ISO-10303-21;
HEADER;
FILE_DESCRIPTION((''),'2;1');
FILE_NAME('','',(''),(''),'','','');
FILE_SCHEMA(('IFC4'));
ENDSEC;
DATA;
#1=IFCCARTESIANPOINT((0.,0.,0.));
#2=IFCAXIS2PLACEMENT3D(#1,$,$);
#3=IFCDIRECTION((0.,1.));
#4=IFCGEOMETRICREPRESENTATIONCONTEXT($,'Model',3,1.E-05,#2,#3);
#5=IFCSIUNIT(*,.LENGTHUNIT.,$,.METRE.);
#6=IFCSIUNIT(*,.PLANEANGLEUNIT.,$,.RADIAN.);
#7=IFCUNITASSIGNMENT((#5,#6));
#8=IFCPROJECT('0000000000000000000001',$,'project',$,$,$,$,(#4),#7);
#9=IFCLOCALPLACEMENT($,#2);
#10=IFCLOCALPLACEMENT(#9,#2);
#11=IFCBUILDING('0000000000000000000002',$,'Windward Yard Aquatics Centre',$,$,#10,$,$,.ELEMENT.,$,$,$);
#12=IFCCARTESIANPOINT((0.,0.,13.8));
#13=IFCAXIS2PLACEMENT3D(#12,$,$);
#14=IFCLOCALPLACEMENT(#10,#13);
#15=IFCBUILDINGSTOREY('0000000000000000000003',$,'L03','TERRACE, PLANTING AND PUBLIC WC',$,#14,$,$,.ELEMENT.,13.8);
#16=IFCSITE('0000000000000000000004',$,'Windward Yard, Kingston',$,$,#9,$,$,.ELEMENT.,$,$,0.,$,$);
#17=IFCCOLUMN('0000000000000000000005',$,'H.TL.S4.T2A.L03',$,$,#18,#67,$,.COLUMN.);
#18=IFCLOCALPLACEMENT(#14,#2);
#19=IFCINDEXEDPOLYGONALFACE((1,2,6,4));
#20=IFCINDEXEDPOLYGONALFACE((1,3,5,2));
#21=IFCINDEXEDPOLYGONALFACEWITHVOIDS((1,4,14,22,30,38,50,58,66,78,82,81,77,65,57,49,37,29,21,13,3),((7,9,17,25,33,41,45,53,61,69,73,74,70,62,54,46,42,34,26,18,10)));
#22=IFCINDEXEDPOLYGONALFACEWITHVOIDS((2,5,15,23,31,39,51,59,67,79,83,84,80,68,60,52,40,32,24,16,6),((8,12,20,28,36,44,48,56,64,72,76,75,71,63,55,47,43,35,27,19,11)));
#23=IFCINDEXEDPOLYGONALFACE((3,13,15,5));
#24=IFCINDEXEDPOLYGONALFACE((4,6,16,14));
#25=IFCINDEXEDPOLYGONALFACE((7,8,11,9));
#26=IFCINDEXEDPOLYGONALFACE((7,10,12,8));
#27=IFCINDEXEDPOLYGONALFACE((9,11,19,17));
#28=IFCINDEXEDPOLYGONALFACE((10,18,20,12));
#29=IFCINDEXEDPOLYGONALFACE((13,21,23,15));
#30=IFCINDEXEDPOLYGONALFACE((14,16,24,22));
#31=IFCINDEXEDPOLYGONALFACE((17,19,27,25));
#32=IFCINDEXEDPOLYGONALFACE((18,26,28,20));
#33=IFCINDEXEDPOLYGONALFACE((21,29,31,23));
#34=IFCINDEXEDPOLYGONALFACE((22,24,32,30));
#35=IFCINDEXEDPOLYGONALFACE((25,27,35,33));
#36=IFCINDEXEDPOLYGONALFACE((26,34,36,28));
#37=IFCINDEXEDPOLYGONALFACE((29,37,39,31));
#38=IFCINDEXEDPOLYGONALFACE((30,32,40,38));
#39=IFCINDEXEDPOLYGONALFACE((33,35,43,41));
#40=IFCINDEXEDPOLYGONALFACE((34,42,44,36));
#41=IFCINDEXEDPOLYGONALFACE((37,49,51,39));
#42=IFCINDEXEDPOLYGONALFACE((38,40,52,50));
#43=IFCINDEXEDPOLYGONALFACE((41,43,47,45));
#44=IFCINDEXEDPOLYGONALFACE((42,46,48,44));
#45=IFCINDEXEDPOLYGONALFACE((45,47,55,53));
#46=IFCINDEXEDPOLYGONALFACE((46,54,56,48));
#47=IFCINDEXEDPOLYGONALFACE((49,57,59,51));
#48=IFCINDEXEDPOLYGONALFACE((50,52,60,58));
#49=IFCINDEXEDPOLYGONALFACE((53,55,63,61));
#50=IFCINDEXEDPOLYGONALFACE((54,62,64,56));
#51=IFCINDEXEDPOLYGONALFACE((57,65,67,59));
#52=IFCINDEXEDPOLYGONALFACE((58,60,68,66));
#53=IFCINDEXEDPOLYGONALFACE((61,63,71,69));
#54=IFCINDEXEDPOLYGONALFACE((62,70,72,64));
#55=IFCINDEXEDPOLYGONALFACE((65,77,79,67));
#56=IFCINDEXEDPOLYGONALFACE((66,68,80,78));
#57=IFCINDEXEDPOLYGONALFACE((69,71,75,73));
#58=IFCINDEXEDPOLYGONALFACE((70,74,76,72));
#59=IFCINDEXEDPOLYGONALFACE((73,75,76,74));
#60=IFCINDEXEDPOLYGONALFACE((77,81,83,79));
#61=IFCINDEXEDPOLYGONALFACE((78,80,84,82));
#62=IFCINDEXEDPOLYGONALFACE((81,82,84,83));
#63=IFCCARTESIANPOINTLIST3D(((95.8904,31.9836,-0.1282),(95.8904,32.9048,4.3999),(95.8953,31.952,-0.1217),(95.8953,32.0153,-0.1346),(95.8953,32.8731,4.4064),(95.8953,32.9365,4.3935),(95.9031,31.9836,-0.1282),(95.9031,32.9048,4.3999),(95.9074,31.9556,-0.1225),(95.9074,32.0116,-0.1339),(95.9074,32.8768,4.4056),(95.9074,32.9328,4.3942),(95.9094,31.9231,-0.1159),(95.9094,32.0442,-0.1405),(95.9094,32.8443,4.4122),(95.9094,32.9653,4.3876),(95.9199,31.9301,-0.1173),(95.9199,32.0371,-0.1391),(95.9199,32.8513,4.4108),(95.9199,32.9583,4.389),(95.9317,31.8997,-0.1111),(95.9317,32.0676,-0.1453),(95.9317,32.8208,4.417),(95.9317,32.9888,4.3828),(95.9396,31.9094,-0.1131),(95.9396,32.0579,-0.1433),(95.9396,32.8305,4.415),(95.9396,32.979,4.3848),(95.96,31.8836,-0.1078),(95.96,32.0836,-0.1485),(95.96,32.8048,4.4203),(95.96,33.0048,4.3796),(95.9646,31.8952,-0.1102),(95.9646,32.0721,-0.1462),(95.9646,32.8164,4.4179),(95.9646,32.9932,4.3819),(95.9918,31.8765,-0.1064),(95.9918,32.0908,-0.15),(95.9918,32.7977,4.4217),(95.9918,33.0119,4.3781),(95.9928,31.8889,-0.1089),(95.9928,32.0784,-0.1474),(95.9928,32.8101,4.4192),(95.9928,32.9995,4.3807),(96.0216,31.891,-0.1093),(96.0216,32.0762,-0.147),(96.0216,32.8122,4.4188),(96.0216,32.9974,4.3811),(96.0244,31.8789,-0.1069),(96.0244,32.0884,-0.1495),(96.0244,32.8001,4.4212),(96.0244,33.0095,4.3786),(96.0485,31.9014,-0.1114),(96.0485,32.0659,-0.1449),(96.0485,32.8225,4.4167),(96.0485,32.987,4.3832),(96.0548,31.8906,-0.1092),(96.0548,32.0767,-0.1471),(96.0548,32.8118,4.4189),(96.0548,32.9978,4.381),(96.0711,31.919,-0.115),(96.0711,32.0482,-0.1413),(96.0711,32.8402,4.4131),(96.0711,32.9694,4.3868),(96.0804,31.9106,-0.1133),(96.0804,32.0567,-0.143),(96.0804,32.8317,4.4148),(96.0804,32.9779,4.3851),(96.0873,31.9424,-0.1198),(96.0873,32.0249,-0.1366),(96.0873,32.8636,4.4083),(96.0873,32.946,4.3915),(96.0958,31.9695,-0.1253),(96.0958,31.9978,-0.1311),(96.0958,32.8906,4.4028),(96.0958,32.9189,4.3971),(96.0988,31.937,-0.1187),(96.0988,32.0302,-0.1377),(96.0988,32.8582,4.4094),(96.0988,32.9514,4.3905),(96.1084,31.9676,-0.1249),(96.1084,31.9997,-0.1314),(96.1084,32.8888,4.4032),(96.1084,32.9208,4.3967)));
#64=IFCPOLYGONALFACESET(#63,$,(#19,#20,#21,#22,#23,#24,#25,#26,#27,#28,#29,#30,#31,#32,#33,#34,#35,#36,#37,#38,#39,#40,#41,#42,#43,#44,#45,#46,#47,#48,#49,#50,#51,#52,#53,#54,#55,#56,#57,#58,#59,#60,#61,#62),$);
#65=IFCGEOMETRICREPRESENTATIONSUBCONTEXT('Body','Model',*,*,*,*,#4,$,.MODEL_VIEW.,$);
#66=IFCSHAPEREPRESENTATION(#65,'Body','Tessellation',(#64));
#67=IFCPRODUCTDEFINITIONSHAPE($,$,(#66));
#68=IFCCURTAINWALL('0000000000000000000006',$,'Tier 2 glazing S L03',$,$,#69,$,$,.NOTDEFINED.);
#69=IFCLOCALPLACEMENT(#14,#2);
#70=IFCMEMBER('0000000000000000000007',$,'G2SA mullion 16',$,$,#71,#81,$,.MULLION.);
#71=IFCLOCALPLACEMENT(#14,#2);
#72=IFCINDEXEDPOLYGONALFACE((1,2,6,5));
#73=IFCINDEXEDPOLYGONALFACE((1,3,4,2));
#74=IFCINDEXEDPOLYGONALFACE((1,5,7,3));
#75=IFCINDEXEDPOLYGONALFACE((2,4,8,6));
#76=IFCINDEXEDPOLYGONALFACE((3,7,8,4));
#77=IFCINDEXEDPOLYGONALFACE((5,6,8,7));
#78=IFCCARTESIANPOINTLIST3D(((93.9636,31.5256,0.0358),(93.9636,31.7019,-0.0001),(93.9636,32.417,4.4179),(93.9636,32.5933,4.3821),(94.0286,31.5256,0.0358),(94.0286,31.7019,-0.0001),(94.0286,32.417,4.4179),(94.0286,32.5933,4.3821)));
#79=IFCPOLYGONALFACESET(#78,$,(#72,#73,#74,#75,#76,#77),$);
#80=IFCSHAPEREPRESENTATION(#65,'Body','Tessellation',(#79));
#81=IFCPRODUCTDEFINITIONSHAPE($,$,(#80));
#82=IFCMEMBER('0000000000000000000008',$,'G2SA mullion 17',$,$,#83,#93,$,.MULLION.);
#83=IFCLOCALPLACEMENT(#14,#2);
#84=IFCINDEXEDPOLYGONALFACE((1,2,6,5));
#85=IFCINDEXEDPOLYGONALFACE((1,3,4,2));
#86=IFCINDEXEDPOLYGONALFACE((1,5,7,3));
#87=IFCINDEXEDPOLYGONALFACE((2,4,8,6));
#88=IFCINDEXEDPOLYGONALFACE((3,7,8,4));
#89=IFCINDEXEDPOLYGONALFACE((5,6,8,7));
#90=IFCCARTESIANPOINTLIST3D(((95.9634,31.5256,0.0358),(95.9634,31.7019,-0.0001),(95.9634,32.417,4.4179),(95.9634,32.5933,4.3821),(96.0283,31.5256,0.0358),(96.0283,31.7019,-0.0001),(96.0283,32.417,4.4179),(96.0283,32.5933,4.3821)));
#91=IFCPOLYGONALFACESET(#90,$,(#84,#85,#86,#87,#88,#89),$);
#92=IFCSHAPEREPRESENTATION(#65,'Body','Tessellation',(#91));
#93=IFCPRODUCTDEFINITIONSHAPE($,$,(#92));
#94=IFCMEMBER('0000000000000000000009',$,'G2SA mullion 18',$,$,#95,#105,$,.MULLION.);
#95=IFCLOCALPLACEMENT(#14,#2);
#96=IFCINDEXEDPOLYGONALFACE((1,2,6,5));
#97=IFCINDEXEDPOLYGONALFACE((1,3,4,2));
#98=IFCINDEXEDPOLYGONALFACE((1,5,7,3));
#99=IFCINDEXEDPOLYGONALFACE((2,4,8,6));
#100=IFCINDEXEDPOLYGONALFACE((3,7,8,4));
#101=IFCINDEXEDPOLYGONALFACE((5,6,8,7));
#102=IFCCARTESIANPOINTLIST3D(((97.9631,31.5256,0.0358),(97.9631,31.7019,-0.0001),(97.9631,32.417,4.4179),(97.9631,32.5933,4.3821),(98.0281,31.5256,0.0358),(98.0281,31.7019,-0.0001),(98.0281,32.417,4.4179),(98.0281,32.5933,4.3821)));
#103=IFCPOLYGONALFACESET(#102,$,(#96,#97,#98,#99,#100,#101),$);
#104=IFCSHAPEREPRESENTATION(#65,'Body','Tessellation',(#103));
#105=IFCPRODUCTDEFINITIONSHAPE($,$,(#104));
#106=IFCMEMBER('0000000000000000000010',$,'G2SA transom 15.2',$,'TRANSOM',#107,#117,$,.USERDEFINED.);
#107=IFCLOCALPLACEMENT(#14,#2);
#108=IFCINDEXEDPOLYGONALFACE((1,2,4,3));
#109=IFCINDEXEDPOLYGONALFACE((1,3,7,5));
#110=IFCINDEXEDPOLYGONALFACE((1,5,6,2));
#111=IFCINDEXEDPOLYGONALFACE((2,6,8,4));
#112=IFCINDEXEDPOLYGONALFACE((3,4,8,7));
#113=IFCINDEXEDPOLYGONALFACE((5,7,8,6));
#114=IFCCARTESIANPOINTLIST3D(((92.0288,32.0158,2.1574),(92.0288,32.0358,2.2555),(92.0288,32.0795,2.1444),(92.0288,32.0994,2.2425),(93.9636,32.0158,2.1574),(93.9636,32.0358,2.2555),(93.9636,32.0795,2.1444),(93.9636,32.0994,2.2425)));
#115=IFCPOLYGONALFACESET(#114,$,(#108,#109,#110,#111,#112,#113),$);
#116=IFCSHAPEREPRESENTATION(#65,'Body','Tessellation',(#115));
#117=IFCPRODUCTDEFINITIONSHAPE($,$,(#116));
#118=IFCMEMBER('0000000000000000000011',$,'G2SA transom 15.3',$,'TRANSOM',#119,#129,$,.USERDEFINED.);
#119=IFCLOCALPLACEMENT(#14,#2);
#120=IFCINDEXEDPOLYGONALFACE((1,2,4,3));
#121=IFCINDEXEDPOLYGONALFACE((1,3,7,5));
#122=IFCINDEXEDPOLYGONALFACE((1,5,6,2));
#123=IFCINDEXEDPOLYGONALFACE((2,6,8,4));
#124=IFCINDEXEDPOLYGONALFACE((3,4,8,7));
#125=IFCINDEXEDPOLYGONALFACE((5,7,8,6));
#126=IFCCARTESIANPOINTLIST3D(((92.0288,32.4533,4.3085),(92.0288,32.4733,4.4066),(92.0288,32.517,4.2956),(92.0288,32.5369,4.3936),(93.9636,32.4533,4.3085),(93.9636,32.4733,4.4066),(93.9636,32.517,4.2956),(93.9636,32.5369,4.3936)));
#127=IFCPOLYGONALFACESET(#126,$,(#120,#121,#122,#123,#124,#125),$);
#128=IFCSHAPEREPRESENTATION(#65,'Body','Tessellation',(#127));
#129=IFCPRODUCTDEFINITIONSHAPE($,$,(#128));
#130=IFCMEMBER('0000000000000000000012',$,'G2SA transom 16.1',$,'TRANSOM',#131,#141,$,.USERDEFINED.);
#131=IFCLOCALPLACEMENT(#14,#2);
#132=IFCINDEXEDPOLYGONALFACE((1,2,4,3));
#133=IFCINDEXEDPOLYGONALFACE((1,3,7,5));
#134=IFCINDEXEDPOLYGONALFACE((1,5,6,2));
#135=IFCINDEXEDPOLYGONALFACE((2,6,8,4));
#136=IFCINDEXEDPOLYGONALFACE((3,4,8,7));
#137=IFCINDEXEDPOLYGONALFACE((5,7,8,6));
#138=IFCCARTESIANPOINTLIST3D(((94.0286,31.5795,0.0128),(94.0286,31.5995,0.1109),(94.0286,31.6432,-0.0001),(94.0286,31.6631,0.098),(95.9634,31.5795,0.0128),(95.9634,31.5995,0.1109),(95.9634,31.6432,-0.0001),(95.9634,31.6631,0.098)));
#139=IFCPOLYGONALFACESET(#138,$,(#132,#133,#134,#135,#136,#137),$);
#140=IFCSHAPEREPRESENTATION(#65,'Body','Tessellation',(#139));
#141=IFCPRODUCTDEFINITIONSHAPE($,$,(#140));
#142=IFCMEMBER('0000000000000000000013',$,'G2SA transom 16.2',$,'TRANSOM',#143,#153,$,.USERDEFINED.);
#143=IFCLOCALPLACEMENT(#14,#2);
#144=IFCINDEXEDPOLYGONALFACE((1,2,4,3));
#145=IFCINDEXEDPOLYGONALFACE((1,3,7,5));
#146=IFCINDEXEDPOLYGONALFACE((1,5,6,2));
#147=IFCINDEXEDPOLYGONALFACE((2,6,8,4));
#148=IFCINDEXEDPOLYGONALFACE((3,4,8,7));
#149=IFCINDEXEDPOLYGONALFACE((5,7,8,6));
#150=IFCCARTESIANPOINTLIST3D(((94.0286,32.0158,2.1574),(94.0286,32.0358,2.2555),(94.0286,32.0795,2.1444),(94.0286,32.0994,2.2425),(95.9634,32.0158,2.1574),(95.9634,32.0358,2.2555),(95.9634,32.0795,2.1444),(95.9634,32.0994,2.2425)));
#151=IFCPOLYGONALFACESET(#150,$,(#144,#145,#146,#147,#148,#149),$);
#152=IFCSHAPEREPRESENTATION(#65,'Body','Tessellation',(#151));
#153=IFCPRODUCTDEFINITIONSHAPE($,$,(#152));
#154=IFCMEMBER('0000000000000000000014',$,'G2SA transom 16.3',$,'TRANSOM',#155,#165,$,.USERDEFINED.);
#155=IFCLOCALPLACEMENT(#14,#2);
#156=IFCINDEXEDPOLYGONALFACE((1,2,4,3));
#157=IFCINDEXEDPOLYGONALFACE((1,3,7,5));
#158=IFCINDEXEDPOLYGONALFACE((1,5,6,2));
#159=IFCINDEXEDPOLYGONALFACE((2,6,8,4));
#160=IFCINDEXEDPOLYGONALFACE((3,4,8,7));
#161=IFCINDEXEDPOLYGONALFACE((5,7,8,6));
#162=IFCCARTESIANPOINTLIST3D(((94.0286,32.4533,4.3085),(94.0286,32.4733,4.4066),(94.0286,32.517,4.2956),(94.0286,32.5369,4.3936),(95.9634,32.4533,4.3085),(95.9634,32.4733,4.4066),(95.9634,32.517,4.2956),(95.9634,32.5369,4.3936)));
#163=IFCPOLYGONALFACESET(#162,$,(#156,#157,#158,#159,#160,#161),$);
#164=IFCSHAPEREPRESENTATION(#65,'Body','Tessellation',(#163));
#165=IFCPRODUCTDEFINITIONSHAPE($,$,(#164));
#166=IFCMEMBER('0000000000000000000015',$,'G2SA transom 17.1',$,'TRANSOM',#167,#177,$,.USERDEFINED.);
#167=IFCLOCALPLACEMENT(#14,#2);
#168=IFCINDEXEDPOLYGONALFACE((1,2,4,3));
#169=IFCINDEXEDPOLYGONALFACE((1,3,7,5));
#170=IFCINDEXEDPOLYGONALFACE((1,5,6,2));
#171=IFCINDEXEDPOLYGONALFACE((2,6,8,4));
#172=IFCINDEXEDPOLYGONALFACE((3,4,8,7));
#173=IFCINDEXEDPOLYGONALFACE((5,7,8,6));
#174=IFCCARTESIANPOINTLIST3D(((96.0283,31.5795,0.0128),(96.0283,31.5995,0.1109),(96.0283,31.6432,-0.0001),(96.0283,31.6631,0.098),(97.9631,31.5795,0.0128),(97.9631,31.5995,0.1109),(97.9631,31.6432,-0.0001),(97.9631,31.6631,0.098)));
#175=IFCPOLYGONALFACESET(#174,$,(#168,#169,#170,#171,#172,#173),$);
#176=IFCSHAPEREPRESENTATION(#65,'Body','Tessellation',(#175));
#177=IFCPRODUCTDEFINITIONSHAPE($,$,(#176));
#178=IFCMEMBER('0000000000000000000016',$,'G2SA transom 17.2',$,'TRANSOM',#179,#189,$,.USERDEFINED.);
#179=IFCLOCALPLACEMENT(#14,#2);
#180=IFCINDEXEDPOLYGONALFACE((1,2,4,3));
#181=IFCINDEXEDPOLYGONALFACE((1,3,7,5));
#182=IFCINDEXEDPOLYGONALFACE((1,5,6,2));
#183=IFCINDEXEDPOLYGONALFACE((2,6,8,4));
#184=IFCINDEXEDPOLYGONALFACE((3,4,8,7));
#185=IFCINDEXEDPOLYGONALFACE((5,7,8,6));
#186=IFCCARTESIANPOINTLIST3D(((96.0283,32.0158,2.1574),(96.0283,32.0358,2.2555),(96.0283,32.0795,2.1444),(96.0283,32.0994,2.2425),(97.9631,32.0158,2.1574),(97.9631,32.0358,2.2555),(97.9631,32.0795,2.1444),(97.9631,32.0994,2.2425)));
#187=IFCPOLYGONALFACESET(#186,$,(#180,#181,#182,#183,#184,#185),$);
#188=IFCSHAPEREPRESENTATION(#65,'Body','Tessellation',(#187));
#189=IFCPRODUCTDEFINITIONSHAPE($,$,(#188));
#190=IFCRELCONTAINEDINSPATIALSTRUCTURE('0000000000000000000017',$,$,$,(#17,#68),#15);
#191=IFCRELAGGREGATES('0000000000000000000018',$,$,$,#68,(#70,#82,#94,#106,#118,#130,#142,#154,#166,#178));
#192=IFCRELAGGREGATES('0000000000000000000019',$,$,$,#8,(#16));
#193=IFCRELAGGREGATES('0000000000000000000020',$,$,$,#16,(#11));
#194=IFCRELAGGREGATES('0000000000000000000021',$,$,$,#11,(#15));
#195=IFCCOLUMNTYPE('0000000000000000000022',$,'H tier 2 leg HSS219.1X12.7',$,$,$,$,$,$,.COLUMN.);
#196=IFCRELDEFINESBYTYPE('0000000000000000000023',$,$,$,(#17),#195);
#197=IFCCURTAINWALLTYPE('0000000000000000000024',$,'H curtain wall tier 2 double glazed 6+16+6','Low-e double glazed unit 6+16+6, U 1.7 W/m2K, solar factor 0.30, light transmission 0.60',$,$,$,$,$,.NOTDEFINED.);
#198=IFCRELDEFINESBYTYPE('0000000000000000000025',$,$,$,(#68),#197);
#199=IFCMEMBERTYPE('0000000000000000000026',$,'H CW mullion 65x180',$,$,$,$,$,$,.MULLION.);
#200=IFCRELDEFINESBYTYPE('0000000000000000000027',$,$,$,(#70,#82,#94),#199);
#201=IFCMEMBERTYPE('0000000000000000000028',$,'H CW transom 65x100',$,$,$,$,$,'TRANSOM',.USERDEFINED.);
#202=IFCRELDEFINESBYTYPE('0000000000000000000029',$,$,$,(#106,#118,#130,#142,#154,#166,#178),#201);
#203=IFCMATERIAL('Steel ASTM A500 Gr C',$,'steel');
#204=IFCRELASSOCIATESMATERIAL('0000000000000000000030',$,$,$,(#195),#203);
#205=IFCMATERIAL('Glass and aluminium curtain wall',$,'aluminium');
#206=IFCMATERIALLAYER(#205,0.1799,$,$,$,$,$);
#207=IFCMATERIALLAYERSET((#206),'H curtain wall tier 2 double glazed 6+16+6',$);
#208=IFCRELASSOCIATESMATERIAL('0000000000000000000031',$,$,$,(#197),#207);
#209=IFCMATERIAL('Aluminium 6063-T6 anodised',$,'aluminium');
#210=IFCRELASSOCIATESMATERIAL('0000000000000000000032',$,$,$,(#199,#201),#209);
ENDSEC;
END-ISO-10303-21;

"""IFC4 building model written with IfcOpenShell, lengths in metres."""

from ifc_helpers import new_model, si_unit, direction, frame, origin, origin_2d, place, context, subcontext, project, spatial, rectangle, hollow_circle, extrude, material, layer, layer_set, material_profile, profile_set, type_object, element, aggregate, save


model = new_model("IFC4")

# Units and contexts
model_context = context("Model", 3, precision=1e-05, world=origin(), true_north=direction((0.0, 1.0)))
body_context = subcontext(model_context, "Body", "Model", "MODEL_VIEW")
ifc_project = project(units=[si_unit("LENGTHUNIT", "METRE"), si_unit("PLANEANGLEUNIT", "RADIAN")], contexts=[model_context])

# Site, building, storey
site_placement = place(None, origin())
site = spatial("IfcSite", under=ifc_project, at=site_placement, Name="Windward Yard, Kingston", CompositionType="ELEMENT", RefElevation=0.0)
building_placement = place(site_placement, origin())
building = spatial("IfcBuilding", under=site, at=building_placement, Name="Windward Yard Aquatics Centre", CompositionType="ELEMENT")
storey_placement = place(building_placement, frame((0.0, 0.0, 13.8)))
storey = spatial("IfcBuildingStorey", under=building, at=storey_placement, Name="L03", Description="TERRACE, PLANTING AND PUBLIC WC", CompositionType="ELEMENT", Elevation=13.8)

# Column
ifc_material_1 = material(Name="Steel ASTM A500 Gr C", Category="steel")
ifc_material_profile_1 = material_profile(ifc_material_1, hollow_circle(Radius=0.1096, WallThickness=0.0127, at=origin_2d()), Name="HSS219.1X12.7")
ifc_profile_set_1 = profile_set([ifc_material_profile_1], Name="Steel ASTM A500 Gr C")
column_type = type_object("IfcColumnType", Name="H tier 2 leg HSS219.1X12.7", PredefinedType="COLUMN", material=ifc_profile_set_1)
column_placement = place(storey_placement, frame((96.0, 31.9836, -0.1282), z_axis=(0.0, 0.199346, 0.979929), x_axis=(-1.0, 0.0, 0.0)))
element("IfcColumn", 1, at=column_placement, inside=storey, type_object=column_type, Name="H.TL.S4.T2A.L03", PredefinedType="COLUMN", context=body_context, shape_type="SweptSolid", body=[
    extrude(hollow_circle(Radius=0.1096, WallThickness=0.0127, at=origin_2d()), origin(), (0.0, 0.0, 1.0), 4.6208),
])

# Curtain wall, members
ifc_material_2 = material(Name="Glass and aluminium curtain wall", Category="aluminium")
ifc_layer_1 = layer(ifc_material_2, 0.1799)
ifc_layer_set_1 = layer_set([ifc_layer_1], Name="H curtain wall tier 2 double glazed 6+16+6")
curtain_wall_type = type_object("IfcCurtainWallType", Name="H curtain wall tier 2 double glazed 6+16+6", Description="Low-e double glazed unit 6+16+6, U 1.7 W/m2K, solar factor 0.30, light transmission 0.60", PredefinedType="NOTDEFINED", material=ifc_layer_set_1)
curtain_wall_placement = place(storey_placement, origin())
curtain_wall = element("IfcCurtainWall", 2, at=curtain_wall_placement, inside=storey, type_object=curtain_wall_type, Name="Tier 2 glazing S L03", PredefinedType="NOTDEFINED")
ifc_material_3 = material(Name="Aluminium 6063-T6 anodised", Category="aluminium")
ifc_material_profile_2 = material_profile(ifc_material_3, rectangle(XDim=0.0649, YDim=0.1799, at=origin_2d()), Name="H CW mullion 65x180")
ifc_profile_set_2 = profile_set([ifc_material_profile_2], Name="Aluminium 6063-T6 anodised")
member_type_1 = type_object("IfcMemberType", Name="H CW mullion 65x180", PredefinedType="MULLION", material=ifc_profile_set_2)
member_1_placement = place(storey_placement, frame((93.9961, 31.6138, 0.0178), z_axis=(0.0, 0.199328, 0.979933), x_axis=(-1.0, 0.0, 0.0)))
member_1 = element("IfcMember", 3, at=member_1_placement, type_object=member_type_1, Name="G2SA mullion 16", PredefinedType="MULLION", context=body_context, shape_type="SweptSolid", body=[
    extrude(rectangle(XDim=0.0649, YDim=0.1799, at=origin_2d()), origin(), (0.0, 0.0, 1.0), 4.4719),
])
member_2_placement = place(storey_placement, frame((95.9958, 31.6138, 0.0178), z_axis=(0.0, 0.199328, 0.979933), x_axis=(-1.0, 0.0, 0.0)))
member_2 = element("IfcMember", 4, at=member_2_placement, type_object=member_type_1, Name="G2SA mullion 17", PredefinedType="MULLION", context=body_context, shape_type="SweptSolid", body=[
    extrude(rectangle(XDim=0.0649, YDim=0.1799, at=origin_2d()), origin(), (0.0, 0.0, 1.0), 4.4719),
])
member_3_placement = place(storey_placement, frame((97.9956, 31.6138, 0.0178), z_axis=(0.0, 0.199328, 0.979933), x_axis=(-1.0, 0.0, 0.0)))
member_3 = element("IfcMember", 5, at=member_3_placement, type_object=member_type_1, Name="G2SA mullion 18", PredefinedType="MULLION", context=body_context, shape_type="SweptSolid", body=[
    extrude(rectangle(XDim=0.0649, YDim=0.1799, at=origin_2d()), origin(), (0.0, 0.0, 1.0), 4.4719),
])
ifc_material_profile_3 = material_profile(ifc_material_3, rectangle(XDim=0.0649, YDim=0.1001, at=origin_2d()), Name="H CW transom 65x100")
ifc_profile_set_3 = profile_set([ifc_material_profile_3], Name="Aluminium 6063-T6 anodised")
member_type_2 = type_object("IfcMemberType", Name="H CW transom 65x100", ElementType="TRANSOM", PredefinedType="USERDEFINED", material=ifc_profile_set_3)
member_4_placement = place(storey_placement, frame((92.0288, 32.0576, 2.2), z_axis=(1.0, 0.0, 0.0), x_axis=(0.0, -0.979925, 0.199368)))
member_4 = element("IfcMember", 6, at=member_4_placement, type_object=member_type_2, Name="G2SA transom 15.2", ObjectType="TRANSOM", PredefinedType="USERDEFINED", context=body_context, shape_type="SweptSolid", body=[
    extrude(rectangle(XDim=0.0649, YDim=0.1001, at=origin_2d()), origin(), (0.0, 0.0, 1.0), 1.9348),
])
member_5_placement = place(storey_placement, frame((92.0288, 32.4951, 4.3511), z_axis=(1.0, 0.0, 0.0), x_axis=(0.0, -0.979925, 0.199368)))
member_5 = element("IfcMember", 7, at=member_5_placement, type_object=member_type_2, Name="G2SA transom 15.3", ObjectType="TRANSOM", PredefinedType="USERDEFINED", context=body_context, shape_type="SweptSolid", body=[
    extrude(rectangle(XDim=0.0649, YDim=0.1001, at=origin_2d()), origin(), (0.0, 0.0, 1.0), 1.9348),
])
member_6_placement = place(storey_placement, frame((94.0286, 31.6213, 0.0554), z_axis=(1.0, 0.0, 0.0), x_axis=(0.0, -0.979925, 0.199368)))
member_6 = element("IfcMember", 8, at=member_6_placement, type_object=member_type_2, Name="G2SA transom 16.1", ObjectType="TRANSOM", PredefinedType="USERDEFINED", context=body_context, shape_type="SweptSolid", body=[
    extrude(rectangle(XDim=0.0649, YDim=0.1001, at=origin_2d()), origin(), (0.0, 0.0, 1.0), 1.9348),
])
member_7_placement = place(storey_placement, frame((94.0286, 32.0576, 2.2), z_axis=(1.0, 0.0, 0.0), x_axis=(0.0, -0.979925, 0.199368)))
member_7 = element("IfcMember", 9, at=member_7_placement, type_object=member_type_2, Name="G2SA transom 16.2", ObjectType="TRANSOM", PredefinedType="USERDEFINED", context=body_context, shape_type="SweptSolid", body=[
    extrude(rectangle(XDim=0.0649, YDim=0.1001, at=origin_2d()), origin(), (0.0, 0.0, 1.0), 1.9348),
])
member_8_placement = place(storey_placement, frame((94.0286, 32.4951, 4.3511), z_axis=(1.0, 0.0, 0.0), x_axis=(0.0, -0.979925, 0.199368)))
member_8 = element("IfcMember", 10, at=member_8_placement, type_object=member_type_2, Name="G2SA transom 16.3", ObjectType="TRANSOM", PredefinedType="USERDEFINED", context=body_context, shape_type="SweptSolid", body=[
    extrude(rectangle(XDim=0.0649, YDim=0.1001, at=origin_2d()), origin(), (0.0, 0.0, 1.0), 1.9348),
])
member_9_placement = place(storey_placement, frame((96.0283, 31.6213, 0.0554), z_axis=(1.0, 0.0, 0.0), x_axis=(0.0, -0.979925, 0.199368)))
member_9 = element("IfcMember", 11, at=member_9_placement, type_object=member_type_2, Name="G2SA transom 17.1", ObjectType="TRANSOM", PredefinedType="USERDEFINED", context=body_context, shape_type="SweptSolid", body=[
    extrude(rectangle(XDim=0.0649, YDim=0.1001, at=origin_2d()), origin(), (0.0, 0.0, 1.0), 1.9348),
])
member_10_placement = place(storey_placement, frame((96.0283, 32.0576, 2.2), z_axis=(1.0, 0.0, 0.0), x_axis=(0.0, -0.979925, 0.199368)))
member_10 = element("IfcMember", 12, at=member_10_placement, type_object=member_type_2, Name="G2SA transom 17.2", ObjectType="TRANSOM", PredefinedType="USERDEFINED", context=body_context, shape_type="SweptSolid", body=[
    extrude(rectangle(XDim=0.0649, YDim=0.1001, at=origin_2d()), origin(), (0.0, 0.0, 1.0), 1.9348),
])

aggregate(curtain_wall, [member_1, member_2, member_3, member_4, member_5, member_6, member_7, member_8, member_9, member_10])

save(model, "model.ifc")
